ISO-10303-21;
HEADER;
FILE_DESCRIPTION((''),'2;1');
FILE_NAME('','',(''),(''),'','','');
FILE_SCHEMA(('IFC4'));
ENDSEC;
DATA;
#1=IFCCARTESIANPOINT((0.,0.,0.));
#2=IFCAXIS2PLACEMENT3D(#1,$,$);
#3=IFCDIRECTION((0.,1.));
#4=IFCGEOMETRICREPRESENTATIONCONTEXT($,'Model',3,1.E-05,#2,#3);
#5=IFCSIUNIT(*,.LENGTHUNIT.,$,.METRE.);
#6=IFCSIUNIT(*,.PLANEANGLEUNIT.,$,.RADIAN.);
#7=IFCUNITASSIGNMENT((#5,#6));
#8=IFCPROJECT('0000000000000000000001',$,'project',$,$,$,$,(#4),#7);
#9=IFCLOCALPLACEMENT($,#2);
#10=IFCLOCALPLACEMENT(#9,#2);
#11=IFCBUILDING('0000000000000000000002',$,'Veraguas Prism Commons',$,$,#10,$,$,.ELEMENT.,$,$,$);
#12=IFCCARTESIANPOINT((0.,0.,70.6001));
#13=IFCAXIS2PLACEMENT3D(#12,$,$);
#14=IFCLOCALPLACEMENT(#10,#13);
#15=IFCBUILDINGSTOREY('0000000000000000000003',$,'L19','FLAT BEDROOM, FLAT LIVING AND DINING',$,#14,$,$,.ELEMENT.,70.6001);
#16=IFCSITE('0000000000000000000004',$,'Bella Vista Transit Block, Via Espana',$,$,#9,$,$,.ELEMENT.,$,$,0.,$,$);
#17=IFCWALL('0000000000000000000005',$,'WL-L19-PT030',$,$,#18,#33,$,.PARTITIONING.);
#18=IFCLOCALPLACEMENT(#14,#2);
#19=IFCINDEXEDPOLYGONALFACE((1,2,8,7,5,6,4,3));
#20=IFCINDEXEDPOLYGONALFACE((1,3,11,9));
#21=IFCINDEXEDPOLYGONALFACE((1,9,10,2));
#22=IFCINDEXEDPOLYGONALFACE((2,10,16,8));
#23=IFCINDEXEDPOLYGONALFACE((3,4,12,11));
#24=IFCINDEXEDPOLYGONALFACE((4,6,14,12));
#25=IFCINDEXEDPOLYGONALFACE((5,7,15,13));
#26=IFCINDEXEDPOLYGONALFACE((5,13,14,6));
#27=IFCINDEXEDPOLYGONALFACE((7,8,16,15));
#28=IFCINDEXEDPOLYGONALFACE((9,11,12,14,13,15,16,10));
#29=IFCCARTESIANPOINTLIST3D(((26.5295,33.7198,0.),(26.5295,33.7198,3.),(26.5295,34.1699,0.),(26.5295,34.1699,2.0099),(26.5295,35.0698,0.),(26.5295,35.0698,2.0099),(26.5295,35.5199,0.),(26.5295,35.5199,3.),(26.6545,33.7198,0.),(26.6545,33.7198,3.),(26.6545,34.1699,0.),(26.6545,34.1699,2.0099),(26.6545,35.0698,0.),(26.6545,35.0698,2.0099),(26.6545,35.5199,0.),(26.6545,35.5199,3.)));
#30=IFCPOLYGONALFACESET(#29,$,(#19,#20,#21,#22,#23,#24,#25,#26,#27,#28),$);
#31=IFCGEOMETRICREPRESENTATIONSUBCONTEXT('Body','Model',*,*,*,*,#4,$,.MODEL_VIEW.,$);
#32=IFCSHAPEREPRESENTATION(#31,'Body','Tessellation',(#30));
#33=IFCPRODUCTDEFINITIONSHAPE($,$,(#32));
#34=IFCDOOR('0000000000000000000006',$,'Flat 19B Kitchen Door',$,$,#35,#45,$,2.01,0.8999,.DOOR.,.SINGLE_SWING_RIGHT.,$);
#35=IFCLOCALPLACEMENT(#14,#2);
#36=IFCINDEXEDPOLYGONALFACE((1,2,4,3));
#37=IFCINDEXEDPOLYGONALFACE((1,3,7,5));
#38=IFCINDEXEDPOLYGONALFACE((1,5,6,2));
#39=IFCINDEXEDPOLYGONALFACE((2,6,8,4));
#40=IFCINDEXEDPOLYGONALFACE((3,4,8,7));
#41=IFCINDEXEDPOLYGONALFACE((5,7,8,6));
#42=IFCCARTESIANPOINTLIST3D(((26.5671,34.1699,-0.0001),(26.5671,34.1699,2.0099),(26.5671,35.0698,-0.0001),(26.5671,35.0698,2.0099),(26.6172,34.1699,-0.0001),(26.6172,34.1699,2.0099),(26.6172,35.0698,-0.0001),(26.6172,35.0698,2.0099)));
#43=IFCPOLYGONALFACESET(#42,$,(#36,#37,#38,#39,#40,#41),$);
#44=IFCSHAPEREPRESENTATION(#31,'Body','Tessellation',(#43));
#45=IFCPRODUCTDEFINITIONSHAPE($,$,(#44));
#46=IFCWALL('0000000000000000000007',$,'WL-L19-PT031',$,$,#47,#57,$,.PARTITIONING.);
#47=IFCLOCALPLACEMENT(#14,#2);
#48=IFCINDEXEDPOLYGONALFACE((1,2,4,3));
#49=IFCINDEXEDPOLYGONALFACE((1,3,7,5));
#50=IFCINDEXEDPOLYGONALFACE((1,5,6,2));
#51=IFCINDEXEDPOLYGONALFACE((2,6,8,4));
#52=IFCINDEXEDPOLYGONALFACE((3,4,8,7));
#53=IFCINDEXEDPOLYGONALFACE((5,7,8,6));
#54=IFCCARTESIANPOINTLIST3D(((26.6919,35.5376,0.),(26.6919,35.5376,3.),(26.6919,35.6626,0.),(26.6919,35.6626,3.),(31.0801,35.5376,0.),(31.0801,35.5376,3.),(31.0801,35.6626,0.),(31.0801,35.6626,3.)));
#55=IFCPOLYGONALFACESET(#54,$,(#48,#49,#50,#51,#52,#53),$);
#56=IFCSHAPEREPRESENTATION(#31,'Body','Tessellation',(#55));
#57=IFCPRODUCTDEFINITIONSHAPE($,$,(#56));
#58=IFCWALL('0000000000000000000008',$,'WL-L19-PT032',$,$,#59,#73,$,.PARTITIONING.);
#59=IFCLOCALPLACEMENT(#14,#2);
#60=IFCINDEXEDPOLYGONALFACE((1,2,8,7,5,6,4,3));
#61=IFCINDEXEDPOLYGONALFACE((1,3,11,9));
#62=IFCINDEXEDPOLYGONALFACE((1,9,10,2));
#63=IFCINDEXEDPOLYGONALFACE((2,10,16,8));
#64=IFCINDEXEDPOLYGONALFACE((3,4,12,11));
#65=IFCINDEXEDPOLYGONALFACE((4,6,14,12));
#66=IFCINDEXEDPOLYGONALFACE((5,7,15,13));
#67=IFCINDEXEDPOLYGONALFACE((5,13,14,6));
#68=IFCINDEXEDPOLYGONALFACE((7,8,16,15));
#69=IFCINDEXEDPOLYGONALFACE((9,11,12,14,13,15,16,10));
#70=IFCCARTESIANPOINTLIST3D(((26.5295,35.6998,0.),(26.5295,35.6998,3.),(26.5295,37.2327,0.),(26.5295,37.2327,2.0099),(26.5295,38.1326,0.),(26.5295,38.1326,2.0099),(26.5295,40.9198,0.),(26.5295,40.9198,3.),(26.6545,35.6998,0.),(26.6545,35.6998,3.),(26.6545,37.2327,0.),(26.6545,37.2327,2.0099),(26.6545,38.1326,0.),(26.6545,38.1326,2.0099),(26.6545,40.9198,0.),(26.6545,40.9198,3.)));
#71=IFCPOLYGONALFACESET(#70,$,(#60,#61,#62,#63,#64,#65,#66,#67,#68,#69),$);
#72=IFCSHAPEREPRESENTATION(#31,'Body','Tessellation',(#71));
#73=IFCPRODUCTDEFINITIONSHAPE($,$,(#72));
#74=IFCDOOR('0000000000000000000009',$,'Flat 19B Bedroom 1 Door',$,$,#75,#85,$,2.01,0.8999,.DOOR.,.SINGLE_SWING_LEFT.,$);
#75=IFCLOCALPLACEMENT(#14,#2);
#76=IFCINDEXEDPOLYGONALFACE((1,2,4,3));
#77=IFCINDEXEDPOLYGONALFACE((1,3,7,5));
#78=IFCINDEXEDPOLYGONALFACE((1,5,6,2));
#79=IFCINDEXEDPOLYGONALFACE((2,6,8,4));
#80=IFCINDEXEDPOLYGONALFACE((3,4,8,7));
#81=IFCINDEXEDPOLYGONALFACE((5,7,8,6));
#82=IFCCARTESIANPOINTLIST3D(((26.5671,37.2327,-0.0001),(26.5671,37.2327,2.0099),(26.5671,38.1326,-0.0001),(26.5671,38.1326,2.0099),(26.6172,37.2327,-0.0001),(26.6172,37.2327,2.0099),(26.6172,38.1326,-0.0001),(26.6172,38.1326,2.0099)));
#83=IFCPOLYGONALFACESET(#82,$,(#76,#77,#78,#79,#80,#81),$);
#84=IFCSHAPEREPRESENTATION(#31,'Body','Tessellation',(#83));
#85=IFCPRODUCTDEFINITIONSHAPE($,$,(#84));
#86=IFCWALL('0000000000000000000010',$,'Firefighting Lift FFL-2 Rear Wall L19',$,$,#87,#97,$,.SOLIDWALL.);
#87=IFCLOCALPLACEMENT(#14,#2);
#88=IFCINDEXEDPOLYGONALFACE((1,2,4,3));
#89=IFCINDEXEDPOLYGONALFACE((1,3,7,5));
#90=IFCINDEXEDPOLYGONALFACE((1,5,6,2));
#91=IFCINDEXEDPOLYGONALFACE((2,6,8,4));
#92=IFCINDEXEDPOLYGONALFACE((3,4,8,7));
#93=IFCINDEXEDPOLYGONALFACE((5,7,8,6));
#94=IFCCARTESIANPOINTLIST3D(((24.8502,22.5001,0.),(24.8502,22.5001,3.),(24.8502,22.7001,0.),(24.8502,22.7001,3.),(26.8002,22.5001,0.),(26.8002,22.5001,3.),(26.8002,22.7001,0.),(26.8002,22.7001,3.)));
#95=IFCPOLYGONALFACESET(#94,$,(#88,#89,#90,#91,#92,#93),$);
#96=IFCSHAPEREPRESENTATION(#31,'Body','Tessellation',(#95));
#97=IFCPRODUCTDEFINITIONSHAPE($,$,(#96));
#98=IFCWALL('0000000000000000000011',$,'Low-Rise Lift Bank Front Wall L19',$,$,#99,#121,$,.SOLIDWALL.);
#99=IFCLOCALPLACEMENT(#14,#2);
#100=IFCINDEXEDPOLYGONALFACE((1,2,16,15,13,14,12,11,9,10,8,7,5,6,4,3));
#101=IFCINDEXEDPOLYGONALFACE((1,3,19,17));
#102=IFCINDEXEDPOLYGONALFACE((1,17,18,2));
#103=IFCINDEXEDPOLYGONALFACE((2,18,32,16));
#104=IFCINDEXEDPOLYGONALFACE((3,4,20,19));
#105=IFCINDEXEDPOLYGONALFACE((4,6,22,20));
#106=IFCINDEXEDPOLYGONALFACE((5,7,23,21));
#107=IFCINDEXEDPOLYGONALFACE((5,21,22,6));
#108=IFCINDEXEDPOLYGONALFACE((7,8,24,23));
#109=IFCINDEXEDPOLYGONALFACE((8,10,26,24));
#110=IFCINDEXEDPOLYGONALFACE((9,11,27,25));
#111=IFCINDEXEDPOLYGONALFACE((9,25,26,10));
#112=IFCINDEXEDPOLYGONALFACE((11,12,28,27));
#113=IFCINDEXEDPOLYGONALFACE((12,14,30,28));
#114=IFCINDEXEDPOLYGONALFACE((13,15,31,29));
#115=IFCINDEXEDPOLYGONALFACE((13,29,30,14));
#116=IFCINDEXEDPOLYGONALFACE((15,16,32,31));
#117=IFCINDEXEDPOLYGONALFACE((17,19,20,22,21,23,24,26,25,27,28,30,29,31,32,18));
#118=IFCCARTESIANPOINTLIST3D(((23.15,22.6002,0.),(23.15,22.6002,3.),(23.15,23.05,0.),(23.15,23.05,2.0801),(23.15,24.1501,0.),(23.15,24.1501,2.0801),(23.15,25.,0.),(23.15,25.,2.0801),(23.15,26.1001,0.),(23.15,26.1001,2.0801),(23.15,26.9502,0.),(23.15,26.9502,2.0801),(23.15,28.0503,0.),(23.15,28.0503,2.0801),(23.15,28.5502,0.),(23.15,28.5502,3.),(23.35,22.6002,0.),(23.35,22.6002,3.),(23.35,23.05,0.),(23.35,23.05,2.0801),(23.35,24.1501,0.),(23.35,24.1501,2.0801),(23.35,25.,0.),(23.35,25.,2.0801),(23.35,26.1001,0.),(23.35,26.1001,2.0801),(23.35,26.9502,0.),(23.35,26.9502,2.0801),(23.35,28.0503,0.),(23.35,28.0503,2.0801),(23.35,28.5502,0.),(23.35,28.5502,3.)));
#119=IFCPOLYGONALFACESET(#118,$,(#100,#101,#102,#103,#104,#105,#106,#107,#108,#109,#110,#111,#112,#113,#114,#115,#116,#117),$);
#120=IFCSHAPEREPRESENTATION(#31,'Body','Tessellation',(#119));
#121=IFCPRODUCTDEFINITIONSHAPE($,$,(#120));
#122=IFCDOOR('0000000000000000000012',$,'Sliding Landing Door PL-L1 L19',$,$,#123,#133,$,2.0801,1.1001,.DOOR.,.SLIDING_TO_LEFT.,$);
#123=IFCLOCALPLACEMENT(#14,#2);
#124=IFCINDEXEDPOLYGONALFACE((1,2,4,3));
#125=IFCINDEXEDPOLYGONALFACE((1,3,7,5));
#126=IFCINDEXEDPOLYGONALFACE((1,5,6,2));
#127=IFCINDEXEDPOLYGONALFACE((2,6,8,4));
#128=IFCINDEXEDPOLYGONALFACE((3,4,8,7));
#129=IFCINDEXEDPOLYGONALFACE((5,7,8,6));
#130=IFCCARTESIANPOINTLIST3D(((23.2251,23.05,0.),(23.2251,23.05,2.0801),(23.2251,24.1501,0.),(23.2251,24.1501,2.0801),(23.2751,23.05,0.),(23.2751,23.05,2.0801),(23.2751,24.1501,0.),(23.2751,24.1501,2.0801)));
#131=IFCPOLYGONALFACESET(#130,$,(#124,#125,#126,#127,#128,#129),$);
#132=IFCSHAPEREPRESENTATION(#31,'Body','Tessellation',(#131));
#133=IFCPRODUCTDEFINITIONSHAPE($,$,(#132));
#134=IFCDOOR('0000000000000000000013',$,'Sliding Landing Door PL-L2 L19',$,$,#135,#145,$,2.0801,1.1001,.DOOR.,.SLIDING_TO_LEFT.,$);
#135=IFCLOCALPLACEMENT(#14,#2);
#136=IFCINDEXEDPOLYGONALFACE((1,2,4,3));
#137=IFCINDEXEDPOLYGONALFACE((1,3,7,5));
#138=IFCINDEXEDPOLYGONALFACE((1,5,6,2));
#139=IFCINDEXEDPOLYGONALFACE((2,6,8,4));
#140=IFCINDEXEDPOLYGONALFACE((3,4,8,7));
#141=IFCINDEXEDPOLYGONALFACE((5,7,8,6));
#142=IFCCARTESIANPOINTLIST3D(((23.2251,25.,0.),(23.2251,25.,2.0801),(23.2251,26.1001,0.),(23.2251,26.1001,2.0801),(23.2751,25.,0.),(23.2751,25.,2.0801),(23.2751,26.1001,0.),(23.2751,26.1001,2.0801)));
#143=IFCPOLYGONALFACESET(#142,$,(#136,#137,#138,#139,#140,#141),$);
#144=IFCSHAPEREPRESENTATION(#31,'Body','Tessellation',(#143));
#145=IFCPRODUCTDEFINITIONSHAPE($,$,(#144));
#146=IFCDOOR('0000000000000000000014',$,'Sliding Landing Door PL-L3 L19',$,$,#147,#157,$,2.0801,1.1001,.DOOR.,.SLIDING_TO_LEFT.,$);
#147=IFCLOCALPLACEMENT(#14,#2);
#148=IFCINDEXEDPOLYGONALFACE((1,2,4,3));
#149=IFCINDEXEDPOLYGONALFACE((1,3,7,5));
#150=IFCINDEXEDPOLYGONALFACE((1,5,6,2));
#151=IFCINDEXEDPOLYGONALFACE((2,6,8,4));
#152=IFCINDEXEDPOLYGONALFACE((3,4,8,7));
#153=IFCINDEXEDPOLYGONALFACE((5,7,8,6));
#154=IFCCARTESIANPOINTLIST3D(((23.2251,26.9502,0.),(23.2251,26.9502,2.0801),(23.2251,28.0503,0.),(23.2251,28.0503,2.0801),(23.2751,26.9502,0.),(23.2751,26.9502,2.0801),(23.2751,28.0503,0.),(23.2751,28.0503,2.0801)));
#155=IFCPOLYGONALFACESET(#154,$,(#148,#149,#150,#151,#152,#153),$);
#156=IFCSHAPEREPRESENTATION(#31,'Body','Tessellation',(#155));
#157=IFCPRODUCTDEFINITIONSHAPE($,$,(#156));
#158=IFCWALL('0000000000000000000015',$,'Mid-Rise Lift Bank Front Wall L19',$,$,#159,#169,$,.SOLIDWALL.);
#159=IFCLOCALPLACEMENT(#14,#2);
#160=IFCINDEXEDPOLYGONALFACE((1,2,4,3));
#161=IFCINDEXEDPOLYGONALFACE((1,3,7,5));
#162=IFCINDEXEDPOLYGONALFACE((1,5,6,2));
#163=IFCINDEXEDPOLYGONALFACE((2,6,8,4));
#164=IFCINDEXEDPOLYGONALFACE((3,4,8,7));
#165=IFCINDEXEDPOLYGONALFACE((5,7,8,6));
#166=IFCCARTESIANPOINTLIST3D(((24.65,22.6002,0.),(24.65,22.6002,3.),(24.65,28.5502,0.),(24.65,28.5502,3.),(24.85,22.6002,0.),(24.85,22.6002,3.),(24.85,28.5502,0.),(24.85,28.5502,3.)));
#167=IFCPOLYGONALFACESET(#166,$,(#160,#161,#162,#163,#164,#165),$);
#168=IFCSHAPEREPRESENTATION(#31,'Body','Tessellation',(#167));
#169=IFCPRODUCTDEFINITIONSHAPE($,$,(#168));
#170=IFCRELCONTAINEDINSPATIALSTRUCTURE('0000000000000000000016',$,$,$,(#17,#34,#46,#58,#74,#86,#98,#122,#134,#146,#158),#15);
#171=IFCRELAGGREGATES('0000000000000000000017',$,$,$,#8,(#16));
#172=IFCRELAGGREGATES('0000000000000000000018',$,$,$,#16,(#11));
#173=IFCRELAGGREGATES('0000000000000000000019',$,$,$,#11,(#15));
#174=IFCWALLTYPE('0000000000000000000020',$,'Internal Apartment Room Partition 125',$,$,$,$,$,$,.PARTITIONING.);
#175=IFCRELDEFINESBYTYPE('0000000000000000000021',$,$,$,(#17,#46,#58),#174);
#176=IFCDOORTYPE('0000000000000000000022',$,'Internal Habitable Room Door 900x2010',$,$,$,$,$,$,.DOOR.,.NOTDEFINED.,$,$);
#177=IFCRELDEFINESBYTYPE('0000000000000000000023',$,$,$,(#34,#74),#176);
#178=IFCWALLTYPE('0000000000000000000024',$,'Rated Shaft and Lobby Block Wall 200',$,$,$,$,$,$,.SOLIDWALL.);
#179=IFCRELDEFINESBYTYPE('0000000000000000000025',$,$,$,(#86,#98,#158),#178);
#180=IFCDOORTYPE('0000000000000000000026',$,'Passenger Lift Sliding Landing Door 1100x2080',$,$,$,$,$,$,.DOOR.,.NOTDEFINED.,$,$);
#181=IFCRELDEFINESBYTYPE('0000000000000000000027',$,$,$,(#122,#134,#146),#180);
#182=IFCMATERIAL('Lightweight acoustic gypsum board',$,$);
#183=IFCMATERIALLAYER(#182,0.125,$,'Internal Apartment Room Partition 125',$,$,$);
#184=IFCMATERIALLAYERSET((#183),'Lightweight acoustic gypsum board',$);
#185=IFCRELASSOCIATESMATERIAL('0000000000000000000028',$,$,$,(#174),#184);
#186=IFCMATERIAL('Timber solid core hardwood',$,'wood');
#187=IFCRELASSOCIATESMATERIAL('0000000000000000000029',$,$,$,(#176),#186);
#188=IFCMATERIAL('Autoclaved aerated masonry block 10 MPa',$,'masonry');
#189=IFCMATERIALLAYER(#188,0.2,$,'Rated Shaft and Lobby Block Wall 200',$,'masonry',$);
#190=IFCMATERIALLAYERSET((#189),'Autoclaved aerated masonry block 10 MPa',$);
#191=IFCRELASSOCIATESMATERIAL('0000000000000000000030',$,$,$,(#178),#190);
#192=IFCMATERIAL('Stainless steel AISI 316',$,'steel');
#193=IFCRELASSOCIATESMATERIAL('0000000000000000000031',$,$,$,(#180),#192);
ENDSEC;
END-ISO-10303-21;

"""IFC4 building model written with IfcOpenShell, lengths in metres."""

from ifc_helpers import new_model, si_unit, direction, frame, frame_2d, origin, place, context, subcontext, project, spatial, rectangle, extrude, source, transform, mapped, material, layer, layer_set, type_object, element, fill, save


model = new_model("IFC4")

# Units and contexts
model_context = context("Model", 3, precision=1e-05, world=origin(), true_north=direction((0.0, 1.0)))
body_context = subcontext(model_context, "Body", "Model", "MODEL_VIEW")
ifc_project = project(units=[si_unit("LENGTHUNIT", "METRE"), si_unit("PLANEANGLEUNIT", "RADIAN")], contexts=[model_context])

# Site, building, storey
site_placement = place(None, origin())
site = spatial("IfcSite", under=ifc_project, at=site_placement, Name="Bella Vista Transit Block, Via Espana", CompositionType="ELEMENT", RefElevation=0.0)
building_placement = place(site_placement, origin())
building = spatial("IfcBuilding", under=site, at=building_placement, Name="Veraguas Prism Commons", CompositionType="ELEMENT")
storey_placement = place(building_placement, frame((0.0, 0.0, 70.6001)))
storey = spatial("IfcBuildingStorey", under=building, at=storey_placement, Name="L19", Description="FLAT BEDROOM, FLAT LIVING AND DINING", CompositionType="ELEMENT", Elevation=70.6001)

# Wall, opening, door
ifc_material_1 = material(Name="Lightweight acoustic gypsum board")
ifc_layer_1 = layer(ifc_material_1, 0.125, Name="Internal Apartment Room Partition 125")
ifc_layer_set_1 = layer_set([ifc_layer_1], Name="Lightweight acoustic gypsum board")
wall_type_1 = type_object("IfcWallType", Name="Internal Apartment Room Partition 125", PredefinedType="PARTITIONING", material=ifc_layer_set_1)
wall_1_placement = place(storey_placement, frame((26.592, 33.72, 0.0), z_axis=(0.0, 0.0, 1.0), x_axis=(0.0, 1.0, 0.0)))
wall_1 = element("IfcWall", 1, at=wall_1_placement, inside=storey, type_object=wall_type_1, Name="WL-L19-PT030", PredefinedType="PARTITIONING", context=body_context, shape_type="SweptSolid", body=[
    extrude(rectangle(XDim=1.8, YDim=0.125, at=frame_2d((0.8999, 0.0))), origin(), (0.0, 0.0, 1.0), 3.0),
])
opening_1_placement = place(wall_1_placement, frame((0.45, 0.0, 0.0)))
opening_1 = element("IfcOpeningElement", 2, at=opening_1_placement, cuts=wall_1, PredefinedType="OPENING", context=body_context, shape_type="SweptSolid", body=[
    extrude(rectangle(XDim=0.8999, YDim=2.01, at=frame_2d((0.45, 1.0049))), frame((0.0, 0.0725, 0.0), z_axis=(0.0, -1.0, 0.0), x_axis=(1.0, 0.0, 0.0)), (0.0, 0.0, 1.0), 0.145),
])
ifc_material_2 = material(Name="Timber solid core hardwood", Category="wood")
door_type_1 = type_object("IfcDoorType", Name="Internal Habitable Room Door 900x2010", OperationType="NOTDEFINED", PredefinedType="DOOR", material=ifc_material_2)
shared_shape_1 = source(origin(), body_context, "Body", "SweptSolid", [
    extrude(rectangle(XDim=0.8999, YDim=2.01, at=frame_2d((0.45, 1.0049))), frame((0.0, 0.0249, 0.0), z_axis=(0.0, -1.0, 0.0), x_axis=(1.0, 0.0, 0.0)), (0.0, 0.0, 1.0), 0.05),
])
door_1_placement = place(opening_1_placement, origin())
door_1 = element("IfcDoor", 3, at=door_1_placement, inside=storey, type_object=door_type_1, Name="Flat 19B Kitchen Door", OperationType="SINGLE_SWING_RIGHT", OverallHeight=2.01, OverallWidth=0.8999, PredefinedType="DOOR", context=body_context, shape_type="MappedRepresentation", body=[
    mapped(shared_shape_1, transform((0.0, 0.0, 0.0), scale=1.0)),
])
fill(opening_1, door_1)

# Wall
wall_2_placement = place(storey_placement, frame((26.6919, 35.6001, 0.0), z_axis=(0.0, 0.0, 1.0), x_axis=(1.0, 0.0, 0.0)))
element("IfcWall", 4, at=wall_2_placement, inside=storey, type_object=wall_type_1, Name="WL-L19-PT031", PredefinedType="PARTITIONING", context=body_context, shape_type="SweptSolid", body=[
    extrude(rectangle(XDim=4.3882, YDim=0.125, at=frame_2d((2.1941, 0.0))), origin(), (0.0, 0.0, 1.0), 3.0),
])

# Wall, opening, door
wall_3_placement = place(storey_placement, frame((26.592, 35.7, 0.0), z_axis=(0.0, 0.0, 1.0), x_axis=(0.0, 1.0, 0.0)))
wall_3 = element("IfcWall", 5, at=wall_3_placement, inside=storey, type_object=wall_type_1, Name="WL-L19-PT032", PredefinedType="PARTITIONING", context=body_context, shape_type="SweptSolid", body=[
    extrude(rectangle(XDim=5.22, YDim=0.125, at=frame_2d((2.6099, 0.0))), origin(), (0.0, 0.0, 1.0), 3.0),
])
opening_2_placement = place(wall_3_placement, frame((1.5327, 0.0, 0.0)))
opening_2 = element("IfcOpeningElement", 6, at=opening_2_placement, cuts=wall_3, PredefinedType="OPENING", context=body_context, shape_type="SweptSolid", body=[
    extrude(rectangle(XDim=0.8999, YDim=2.01, at=frame_2d((0.45, 1.0049))), frame((0.0, 0.0725, 0.0), z_axis=(0.0, -1.0, 0.0), x_axis=(1.0, 0.0, 0.0)), (0.0, 0.0, 1.0), 0.145),
])
door_2_placement = place(opening_2_placement, origin())
door_2 = element("IfcDoor", 7, at=door_2_placement, inside=storey, type_object=door_type_1, Name="Flat 19B Bedroom 1 Door", OperationType="SINGLE_SWING_LEFT", OverallHeight=2.01, OverallWidth=0.8999, PredefinedType="DOOR", context=body_context, shape_type="MappedRepresentation", body=[
    mapped(shared_shape_1, transform((0.0, 0.0, 0.0), scale=1.0)),
])
fill(opening_2, door_2)

# Wall
ifc_material_3 = material(Name="Autoclaved aerated masonry block 10 MPa", Category="masonry")
ifc_layer_2 = layer(ifc_material_3, 0.2, Name="Rated Shaft and Lobby Block Wall 200", Category="masonry")
ifc_layer_set_2 = layer_set([ifc_layer_2], Name="Autoclaved aerated masonry block 10 MPa")
wall_type_2 = type_object("IfcWallType", Name="Rated Shaft and Lobby Block Wall 200", PredefinedType="SOLIDWALL", material=ifc_layer_set_2)
wall_4_placement = place(storey_placement, frame((24.8501, 22.6001, 0.0), z_axis=(0.0, 0.0, 1.0), x_axis=(1.0, 0.0, 0.0)))
element("IfcWall", 8, at=wall_4_placement, inside=storey, type_object=wall_type_2, Name="Firefighting Lift FFL-2 Rear Wall L19", PredefinedType="SOLIDWALL", context=body_context, shape_type="SweptSolid", body=[
    extrude(rectangle(XDim=1.95, YDim=0.2, at=frame_2d((0.9751, 0.0))), origin(), (0.0, 0.0, 1.0), 3.0),
])

# Wall, openings, doors
wall_5_placement = place(storey_placement, frame((23.25, 22.6001, 0.0), z_axis=(0.0, 0.0, 1.0), x_axis=(0.0, 1.0, 0.0)))
wall_5 = element("IfcWall", 9, at=wall_5_placement, inside=storey, type_object=wall_type_2, Name="Low-Rise Lift Bank Front Wall L19", PredefinedType="SOLIDWALL", context=body_context, shape_type="SweptSolid", body=[
    extrude(rectangle(XDim=5.95, YDim=0.2, at=frame_2d((2.9751, 0.0))), origin(), (0.0, 0.0, 1.0), 3.0),
])
opening_3_placement = place(wall_5_placement, frame((0.45, 0.0, 0.0)))
opening_3 = element("IfcOpeningElement", 10, at=opening_3_placement, cuts=wall_5, PredefinedType="OPENING", context=body_context, shape_type="SweptSolid", body=[
    extrude(rectangle(XDim=1.1001, YDim=2.0801, at=frame_2d((0.55, 1.04))), frame((0.0, 0.1099, 0.0), z_axis=(0.0, -1.0, 0.0), x_axis=(1.0, 0.0, 0.0)), (0.0, 0.0, 1.0), 0.22),
])
opening_4_placement = place(wall_5_placement, frame((2.3999, 0.0, 0.0)))
opening_4 = element("IfcOpeningElement", 11, at=opening_4_placement, cuts=wall_5, PredefinedType="OPENING", context=body_context, shape_type="SweptSolid", body=[
    extrude(rectangle(XDim=1.1001, YDim=2.0801, at=frame_2d((0.55, 1.04))), frame((0.0, 0.1099, 0.0), z_axis=(0.0, -1.0, 0.0), x_axis=(1.0, 0.0, 0.0)), (0.0, 0.0, 1.0), 0.22),
])
opening_5_placement = place(wall_5_placement, frame((4.3501, 0.0, 0.0)))
opening_5 = element("IfcOpeningElement", 12, at=opening_5_placement, cuts=wall_5, PredefinedType="OPENING", context=body_context, shape_type="SweptSolid", body=[
    extrude(rectangle(XDim=1.1001, YDim=2.0801, at=frame_2d((0.55, 1.04))), frame((0.0, 0.1099, 0.0), z_axis=(0.0, -1.0, 0.0), x_axis=(1.0, 0.0, 0.0)), (0.0, 0.0, 1.0), 0.22),
])
ifc_material_4 = material(Name="Stainless steel AISI 316", Category="steel")
door_type_2 = type_object("IfcDoorType", Name="Passenger Lift Sliding Landing Door 1100x2080", OperationType="NOTDEFINED", PredefinedType="DOOR", material=ifc_material_4)
shared_shape_2 = source(origin(), body_context, "Body", "SweptSolid", [
    extrude(rectangle(XDim=1.1001, YDim=2.0801, at=frame_2d((0.55, 1.04))), frame((0.0, 0.0249, 0.0), z_axis=(0.0, -1.0, 0.0), x_axis=(1.0, 0.0, 0.0)), (0.0, 0.0, 1.0), 0.05),
])
door_3_placement = place(opening_3_placement, origin())
door_3 = element("IfcDoor", 13, at=door_3_placement, inside=storey, type_object=door_type_2, Name="Sliding Landing Door PL-L1 L19", OperationType="SLIDING_TO_LEFT", OverallHeight=2.0801, OverallWidth=1.1001, PredefinedType="DOOR", context=body_context, shape_type="MappedRepresentation", body=[
    mapped(shared_shape_2, transform((0.0, 0.0, 0.0), scale=1.0)),
])
fill(opening_3, door_3)
door_4_placement = place(opening_4_placement, origin())
door_4 = element("IfcDoor", 14, at=door_4_placement, inside=storey, type_object=door_type_2, Name="Sliding Landing Door PL-L2 L19", OperationType="SLIDING_TO_LEFT", OverallHeight=2.0801, OverallWidth=1.1001, PredefinedType="DOOR", context=body_context, shape_type="MappedRepresentation", body=[
    mapped(shared_shape_2, transform((0.0, 0.0, 0.0), scale=1.0)),
])
fill(opening_4, door_4)
door_5_placement = place(opening_5_placement, origin())
door_5 = element("IfcDoor", 15, at=door_5_placement, inside=storey, type_object=door_type_2, Name="Sliding Landing Door PL-L3 L19", OperationType="SLIDING_TO_LEFT", OverallHeight=2.0801, OverallWidth=1.1001, PredefinedType="DOOR", context=body_context, shape_type="MappedRepresentation", body=[
    mapped(shared_shape_2, transform((0.0, 0.0, 0.0), scale=1.0)),
])
fill(opening_5, door_5)

# Wall
wall_6_placement = place(storey_placement, frame((24.75, 22.6001, 0.0), z_axis=(0.0, 0.0, 1.0), x_axis=(0.0, 1.0, 0.0)))
element("IfcWall", 16, at=wall_6_placement, inside=storey, type_object=wall_type_2, Name="Mid-Rise Lift Bank Front Wall L19", PredefinedType="SOLIDWALL", context=body_context, shape_type="SweptSolid", body=[
    extrude(rectangle(XDim=5.95, YDim=0.2, at=frame_2d((2.9751, 0.0))), origin(), (0.0, 0.0, 1.0), 3.0),
])

save(model, "model.ifc")
